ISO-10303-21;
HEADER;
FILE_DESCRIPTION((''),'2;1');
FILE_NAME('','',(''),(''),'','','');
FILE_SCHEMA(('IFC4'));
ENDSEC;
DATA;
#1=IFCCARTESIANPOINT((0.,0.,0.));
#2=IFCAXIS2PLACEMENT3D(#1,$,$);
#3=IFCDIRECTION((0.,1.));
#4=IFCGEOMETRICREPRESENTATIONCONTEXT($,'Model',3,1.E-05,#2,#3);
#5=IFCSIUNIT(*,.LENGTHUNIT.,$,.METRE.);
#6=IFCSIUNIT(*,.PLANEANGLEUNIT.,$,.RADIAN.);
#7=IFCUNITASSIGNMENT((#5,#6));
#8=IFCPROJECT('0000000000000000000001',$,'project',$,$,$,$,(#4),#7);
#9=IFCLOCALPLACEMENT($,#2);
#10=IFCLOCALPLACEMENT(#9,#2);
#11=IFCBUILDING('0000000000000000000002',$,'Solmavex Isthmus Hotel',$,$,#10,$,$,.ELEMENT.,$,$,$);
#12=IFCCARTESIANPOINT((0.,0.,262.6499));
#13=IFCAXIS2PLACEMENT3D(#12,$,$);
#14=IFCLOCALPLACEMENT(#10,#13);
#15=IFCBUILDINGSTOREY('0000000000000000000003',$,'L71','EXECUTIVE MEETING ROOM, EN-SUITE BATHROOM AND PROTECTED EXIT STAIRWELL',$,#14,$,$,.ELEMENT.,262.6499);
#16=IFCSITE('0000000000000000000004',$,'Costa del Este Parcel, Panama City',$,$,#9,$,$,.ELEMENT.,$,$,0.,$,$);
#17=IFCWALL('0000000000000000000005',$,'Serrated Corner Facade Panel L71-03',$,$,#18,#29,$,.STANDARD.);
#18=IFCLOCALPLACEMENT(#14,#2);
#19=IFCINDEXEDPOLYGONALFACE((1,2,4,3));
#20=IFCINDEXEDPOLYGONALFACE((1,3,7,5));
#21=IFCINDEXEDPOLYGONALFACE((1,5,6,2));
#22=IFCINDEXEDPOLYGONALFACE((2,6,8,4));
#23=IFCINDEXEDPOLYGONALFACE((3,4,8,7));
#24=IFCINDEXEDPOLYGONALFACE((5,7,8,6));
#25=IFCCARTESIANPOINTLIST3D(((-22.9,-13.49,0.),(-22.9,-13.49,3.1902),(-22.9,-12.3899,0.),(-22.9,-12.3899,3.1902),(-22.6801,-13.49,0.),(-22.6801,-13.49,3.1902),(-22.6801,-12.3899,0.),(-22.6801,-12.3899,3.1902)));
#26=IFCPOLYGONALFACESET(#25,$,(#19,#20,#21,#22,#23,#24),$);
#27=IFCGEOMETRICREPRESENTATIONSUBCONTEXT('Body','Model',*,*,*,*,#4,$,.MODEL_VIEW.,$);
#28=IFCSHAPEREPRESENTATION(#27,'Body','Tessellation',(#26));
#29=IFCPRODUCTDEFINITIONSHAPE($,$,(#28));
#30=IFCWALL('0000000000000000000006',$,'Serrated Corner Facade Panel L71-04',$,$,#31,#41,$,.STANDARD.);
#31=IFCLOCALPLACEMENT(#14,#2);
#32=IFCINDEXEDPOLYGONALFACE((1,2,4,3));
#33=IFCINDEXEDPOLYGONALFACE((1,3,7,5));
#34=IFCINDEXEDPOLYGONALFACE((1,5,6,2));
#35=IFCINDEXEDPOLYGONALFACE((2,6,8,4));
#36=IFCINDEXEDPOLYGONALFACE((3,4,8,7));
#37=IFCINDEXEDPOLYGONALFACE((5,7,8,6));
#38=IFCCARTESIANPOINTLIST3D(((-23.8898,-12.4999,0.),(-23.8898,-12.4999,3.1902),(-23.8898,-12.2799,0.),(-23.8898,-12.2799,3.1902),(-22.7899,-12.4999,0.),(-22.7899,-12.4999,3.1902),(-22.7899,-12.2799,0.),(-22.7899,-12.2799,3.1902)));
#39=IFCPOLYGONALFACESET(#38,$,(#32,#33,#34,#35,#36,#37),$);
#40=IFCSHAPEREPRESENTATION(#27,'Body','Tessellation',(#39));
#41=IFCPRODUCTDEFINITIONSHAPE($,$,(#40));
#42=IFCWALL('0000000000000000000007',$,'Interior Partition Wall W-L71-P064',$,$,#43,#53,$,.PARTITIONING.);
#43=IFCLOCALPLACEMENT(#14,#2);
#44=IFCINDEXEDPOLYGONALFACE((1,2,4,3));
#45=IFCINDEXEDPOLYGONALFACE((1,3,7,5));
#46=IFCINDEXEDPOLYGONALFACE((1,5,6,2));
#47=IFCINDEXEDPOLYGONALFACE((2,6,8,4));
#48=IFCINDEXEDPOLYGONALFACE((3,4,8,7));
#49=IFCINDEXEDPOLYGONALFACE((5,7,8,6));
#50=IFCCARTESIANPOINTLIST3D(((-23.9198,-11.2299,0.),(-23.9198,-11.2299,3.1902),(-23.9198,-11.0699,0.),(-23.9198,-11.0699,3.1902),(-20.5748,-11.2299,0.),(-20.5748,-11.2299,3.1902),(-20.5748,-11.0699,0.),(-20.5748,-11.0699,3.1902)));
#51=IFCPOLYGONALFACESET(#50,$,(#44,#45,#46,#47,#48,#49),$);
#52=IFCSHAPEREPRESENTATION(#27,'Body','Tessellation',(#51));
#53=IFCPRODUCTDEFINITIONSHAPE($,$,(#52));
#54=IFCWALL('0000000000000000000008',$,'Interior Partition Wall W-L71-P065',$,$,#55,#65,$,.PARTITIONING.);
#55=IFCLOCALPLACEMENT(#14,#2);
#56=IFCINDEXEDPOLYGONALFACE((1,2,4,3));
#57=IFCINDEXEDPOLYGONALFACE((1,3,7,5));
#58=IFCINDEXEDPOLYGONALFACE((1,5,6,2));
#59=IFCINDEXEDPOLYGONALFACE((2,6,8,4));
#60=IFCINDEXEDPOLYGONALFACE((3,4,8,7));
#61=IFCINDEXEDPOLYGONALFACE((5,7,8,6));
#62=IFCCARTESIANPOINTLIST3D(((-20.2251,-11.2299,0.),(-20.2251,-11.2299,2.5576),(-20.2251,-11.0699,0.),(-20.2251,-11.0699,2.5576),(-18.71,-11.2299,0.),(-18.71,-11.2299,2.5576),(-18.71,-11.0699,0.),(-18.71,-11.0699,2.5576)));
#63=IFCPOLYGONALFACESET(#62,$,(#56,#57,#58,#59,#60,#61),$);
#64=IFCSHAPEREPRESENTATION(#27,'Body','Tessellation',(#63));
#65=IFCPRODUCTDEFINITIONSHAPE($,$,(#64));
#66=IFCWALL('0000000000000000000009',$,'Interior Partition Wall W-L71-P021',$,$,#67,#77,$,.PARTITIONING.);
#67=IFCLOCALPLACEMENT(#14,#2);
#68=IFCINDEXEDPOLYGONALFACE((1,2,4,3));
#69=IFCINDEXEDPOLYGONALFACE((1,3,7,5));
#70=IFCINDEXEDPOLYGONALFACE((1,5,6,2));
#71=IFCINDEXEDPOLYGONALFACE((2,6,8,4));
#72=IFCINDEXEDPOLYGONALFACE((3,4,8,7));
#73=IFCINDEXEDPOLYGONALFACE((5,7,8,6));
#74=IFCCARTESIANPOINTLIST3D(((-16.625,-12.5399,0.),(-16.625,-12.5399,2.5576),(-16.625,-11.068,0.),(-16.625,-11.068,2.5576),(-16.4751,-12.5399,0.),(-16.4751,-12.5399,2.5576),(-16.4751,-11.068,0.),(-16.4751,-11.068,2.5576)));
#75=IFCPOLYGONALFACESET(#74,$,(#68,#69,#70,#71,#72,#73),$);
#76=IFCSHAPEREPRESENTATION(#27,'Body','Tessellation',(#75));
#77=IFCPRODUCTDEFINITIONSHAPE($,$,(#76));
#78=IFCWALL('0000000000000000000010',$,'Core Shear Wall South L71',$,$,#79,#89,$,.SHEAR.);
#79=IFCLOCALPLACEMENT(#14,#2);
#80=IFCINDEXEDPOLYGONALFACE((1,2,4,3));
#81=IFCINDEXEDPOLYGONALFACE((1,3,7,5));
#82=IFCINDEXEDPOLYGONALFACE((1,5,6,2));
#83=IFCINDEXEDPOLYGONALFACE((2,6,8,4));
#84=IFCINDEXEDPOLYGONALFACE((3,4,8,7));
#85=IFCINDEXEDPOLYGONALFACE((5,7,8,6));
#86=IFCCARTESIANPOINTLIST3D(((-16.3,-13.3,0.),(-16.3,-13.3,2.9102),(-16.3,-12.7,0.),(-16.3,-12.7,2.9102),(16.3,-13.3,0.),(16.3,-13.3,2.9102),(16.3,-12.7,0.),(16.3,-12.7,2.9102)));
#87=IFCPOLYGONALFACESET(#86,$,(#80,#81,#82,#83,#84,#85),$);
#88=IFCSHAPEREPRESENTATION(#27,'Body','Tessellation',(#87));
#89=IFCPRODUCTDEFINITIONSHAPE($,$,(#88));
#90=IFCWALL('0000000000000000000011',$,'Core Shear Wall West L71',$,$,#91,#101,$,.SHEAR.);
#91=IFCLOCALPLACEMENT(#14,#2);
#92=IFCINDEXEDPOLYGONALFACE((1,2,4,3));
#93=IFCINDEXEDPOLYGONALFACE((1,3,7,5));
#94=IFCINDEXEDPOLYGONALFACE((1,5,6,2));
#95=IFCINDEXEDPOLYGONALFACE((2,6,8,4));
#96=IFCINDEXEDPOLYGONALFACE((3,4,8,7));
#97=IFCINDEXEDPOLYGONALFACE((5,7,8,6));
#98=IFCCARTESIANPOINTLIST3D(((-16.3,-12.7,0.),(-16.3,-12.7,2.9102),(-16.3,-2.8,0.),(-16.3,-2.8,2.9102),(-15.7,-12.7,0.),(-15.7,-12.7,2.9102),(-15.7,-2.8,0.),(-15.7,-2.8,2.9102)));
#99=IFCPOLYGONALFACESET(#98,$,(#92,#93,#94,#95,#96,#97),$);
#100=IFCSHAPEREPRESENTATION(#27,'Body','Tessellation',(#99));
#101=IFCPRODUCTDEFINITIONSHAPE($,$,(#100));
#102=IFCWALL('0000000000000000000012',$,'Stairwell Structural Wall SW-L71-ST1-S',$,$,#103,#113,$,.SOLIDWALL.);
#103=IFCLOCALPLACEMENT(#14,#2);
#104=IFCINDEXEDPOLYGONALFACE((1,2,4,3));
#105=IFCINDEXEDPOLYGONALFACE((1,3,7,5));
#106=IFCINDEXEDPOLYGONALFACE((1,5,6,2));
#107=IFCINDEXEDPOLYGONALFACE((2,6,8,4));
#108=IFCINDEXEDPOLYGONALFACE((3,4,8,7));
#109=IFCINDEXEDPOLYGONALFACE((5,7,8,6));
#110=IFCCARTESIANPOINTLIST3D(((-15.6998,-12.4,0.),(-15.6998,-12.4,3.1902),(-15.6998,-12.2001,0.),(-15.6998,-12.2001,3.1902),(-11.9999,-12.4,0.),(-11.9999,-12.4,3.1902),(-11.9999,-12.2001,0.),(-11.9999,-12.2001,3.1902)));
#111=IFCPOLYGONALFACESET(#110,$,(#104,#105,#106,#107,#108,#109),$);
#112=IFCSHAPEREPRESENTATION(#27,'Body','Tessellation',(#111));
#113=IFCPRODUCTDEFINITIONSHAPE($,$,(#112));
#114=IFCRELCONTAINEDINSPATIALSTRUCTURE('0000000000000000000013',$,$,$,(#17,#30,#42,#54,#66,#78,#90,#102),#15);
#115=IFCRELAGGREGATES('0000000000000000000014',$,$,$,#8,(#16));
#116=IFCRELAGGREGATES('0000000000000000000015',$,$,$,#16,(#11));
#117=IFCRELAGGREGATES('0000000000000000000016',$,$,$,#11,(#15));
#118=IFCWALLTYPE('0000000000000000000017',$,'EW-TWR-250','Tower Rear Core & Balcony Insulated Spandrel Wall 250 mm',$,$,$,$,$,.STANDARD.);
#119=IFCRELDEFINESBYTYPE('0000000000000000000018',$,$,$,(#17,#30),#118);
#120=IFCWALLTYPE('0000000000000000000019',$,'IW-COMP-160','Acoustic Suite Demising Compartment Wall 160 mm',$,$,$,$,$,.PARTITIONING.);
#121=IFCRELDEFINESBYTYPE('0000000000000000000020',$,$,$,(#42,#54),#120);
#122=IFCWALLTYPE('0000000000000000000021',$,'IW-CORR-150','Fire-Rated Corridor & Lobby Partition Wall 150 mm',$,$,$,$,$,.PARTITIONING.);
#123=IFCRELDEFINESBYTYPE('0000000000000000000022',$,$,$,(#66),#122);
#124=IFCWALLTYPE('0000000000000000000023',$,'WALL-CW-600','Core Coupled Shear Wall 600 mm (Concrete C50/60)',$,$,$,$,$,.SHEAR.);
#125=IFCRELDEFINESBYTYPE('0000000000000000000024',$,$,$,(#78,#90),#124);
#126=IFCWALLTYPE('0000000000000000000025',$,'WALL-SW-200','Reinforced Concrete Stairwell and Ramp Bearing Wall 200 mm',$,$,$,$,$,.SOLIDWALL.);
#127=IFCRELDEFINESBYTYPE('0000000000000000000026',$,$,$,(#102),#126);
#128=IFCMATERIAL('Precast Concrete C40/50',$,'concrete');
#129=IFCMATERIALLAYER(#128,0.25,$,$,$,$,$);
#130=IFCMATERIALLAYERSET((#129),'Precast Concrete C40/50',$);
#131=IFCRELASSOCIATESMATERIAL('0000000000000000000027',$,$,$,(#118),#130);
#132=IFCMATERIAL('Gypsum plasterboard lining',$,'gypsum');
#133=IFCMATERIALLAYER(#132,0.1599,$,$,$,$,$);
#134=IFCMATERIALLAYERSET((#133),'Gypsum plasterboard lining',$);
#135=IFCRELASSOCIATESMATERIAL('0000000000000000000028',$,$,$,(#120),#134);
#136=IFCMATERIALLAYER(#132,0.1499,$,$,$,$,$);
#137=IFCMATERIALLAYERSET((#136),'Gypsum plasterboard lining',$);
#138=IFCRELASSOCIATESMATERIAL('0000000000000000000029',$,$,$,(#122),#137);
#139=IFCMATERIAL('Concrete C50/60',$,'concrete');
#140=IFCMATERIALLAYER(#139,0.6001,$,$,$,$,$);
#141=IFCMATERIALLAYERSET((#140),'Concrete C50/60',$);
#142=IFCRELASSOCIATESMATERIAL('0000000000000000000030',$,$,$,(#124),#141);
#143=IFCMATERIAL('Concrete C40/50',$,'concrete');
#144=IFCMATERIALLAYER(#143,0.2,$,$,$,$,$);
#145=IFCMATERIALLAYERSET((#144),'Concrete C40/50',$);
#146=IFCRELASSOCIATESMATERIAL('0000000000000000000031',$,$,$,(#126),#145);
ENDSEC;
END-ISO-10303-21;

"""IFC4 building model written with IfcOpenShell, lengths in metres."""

from ifc_helpers import new_model, si_unit, direction, frame, frame_2d, origin, place, context, subcontext, project, spatial, rectangle, extrude, material, layer, layer_set, type_object, element, save


model = new_model("IFC4")

# Units and contexts
model_context = context("Model", 3, precision=1e-05, world=origin(), true_north=direction((0.0, 1.0)))
body_context = subcontext(model_context, "Body", "Model", "MODEL_VIEW")
ifc_project = project(units=[si_unit("LENGTHUNIT", "METRE"), si_unit("PLANEANGLEUNIT", "RADIAN")], contexts=[model_context])

# Site, building, storey
site_placement = place(None, origin())
site = spatial("IfcSite", under=ifc_project, at=site_placement, Name="Costa del Este Parcel, Panama City", CompositionType="ELEMENT", RefElevation=0.0)
building_placement = place(site_placement, origin())
building = spatial("IfcBuilding", under=site, at=building_placement, Name="Solmavex Isthmus Hotel", CompositionType="ELEMENT")
storey_placement = place(building_placement, frame((0.0, 0.0, 262.6499)))
storey = spatial("IfcBuildingStorey", under=building, at=storey_placement, Name="L71", Description="EXECUTIVE MEETING ROOM, EN-SUITE BATHROOM AND PROTECTED EXIT STAIRWELL", CompositionType="ELEMENT", Elevation=262.6499)

# Shared definitions
ifc_material_1 = material(Name="Concrete C50/60", Category="concrete")

# Shared definitions
ifc_material_2 = material(Name="Precast Concrete C40/50", Category="concrete")
ifc_layer_1 = layer(ifc_material_2, 0.25)
ifc_layer_set_1 = layer_set([ifc_layer_1], Name="Precast Concrete C40/50")
wall_type_1 = type_object("IfcWallType", Name="EW-TWR-250", Description="Tower Rear Core & Balcony Insulated Spandrel Wall 250 mm", PredefinedType="STANDARD", material=ifc_layer_set_1)

# Walls
for number, where, z_axis, x_axis, name in (
    (1, (-22.79, -13.49, 0.0), (0.0, 0.0, 1.0), (0.0, 1.0, 0.0), "Serrated Corner Facade Panel L71-03"),
):
    element("IfcWall", number, at=place(storey_placement, frame(where, z_axis=z_axis, x_axis=x_axis)), inside=storey, type_object=wall_type_1, Name=name, PredefinedType="STANDARD", context=body_context, shape_type="SweptSolid", body=[
        extrude(rectangle(XDim=1.1001, YDim=0.22, at=frame_2d((0.55, 0.0))), origin(), (0.0, 0.0, 1.0), 3.1902),
    ])
wall_1_placement = place(storey_placement, frame((-22.79, -12.3899, 0.0), z_axis=(0.0, 0.0, 1.0), x_axis=(-1.0, 0.0, 0.0)))
element("IfcWall", 2, at=wall_1_placement, inside=storey, type_object=wall_type_1, Name="Serrated Corner Facade Panel L71-04", PredefinedType="STANDARD", context=body_context, shape_type="SweptSolid", body=[
    extrude(rectangle(XDim=1.0999, YDim=0.22, at=frame_2d((0.5498, 0.0))), origin(), (0.0, 0.0, 1.0), 3.1902),
])
ifc_material_3 = material(Name="Gypsum plasterboard lining", Category="gypsum")
ifc_layer_2 = layer(ifc_material_3, 0.1599)
ifc_layer_set_2 = layer_set([ifc_layer_2], Name="Gypsum plasterboard lining")
wall_type_2 = type_object("IfcWallType", Name="IW-COMP-160", Description="Acoustic Suite Demising Compartment Wall 160 mm", PredefinedType="PARTITIONING", material=ifc_layer_set_2)
wall_2_placement = place(storey_placement, frame((-20.575, -11.1499, 0.0), z_axis=(0.0, 0.0, 1.0), x_axis=(-1.0, 0.0, 0.0)))
element("IfcWall", 3, at=wall_2_placement, inside=storey, type_object=wall_type_2, Name="Interior Partition Wall W-L71-P064", PredefinedType="PARTITIONING", context=body_context, shape_type="SweptSolid", body=[
    extrude(rectangle(XDim=3.345, YDim=0.1599, at=frame_2d((1.6724, 0.0))), origin(), (0.0, 0.0, 1.0), 3.1902),
])
wall_3_placement = place(storey_placement, frame((-18.71, -11.1499, 0.0), z_axis=(0.0, 0.0, 1.0), x_axis=(-1.0, 0.0, 0.0)))
element("IfcWall", 4, at=wall_3_placement, inside=storey, type_object=wall_type_2, Name="Interior Partition Wall W-L71-P065", PredefinedType="PARTITIONING", context=body_context, shape_type="SweptSolid", body=[
    extrude(rectangle(XDim=1.5151, YDim=0.1599, at=frame_2d((0.7576, 0.0))), origin(), (0.0, 0.0, 1.0), 2.5576),
])

# Shared definitions
ifc_layer_3 = layer(ifc_material_3, 0.1499)
ifc_layer_set_3 = layer_set([ifc_layer_3], Name="Gypsum plasterboard lining")
wall_type_3 = type_object("IfcWallType", Name="IW-CORR-150", Description="Fire-Rated Corridor & Lobby Partition Wall 150 mm", PredefinedType="PARTITIONING", material=ifc_layer_set_3)

# Wall
wall_4_placement = place(storey_placement, frame((-16.55, -11.0681, 0.0), z_axis=(0.0, 0.0, 1.0), x_axis=(0.0, -1.0, 0.0)))
element("IfcWall", 5, at=wall_4_placement, inside=storey, type_object=wall_type_3, Name="Interior Partition Wall W-L71-P021", PredefinedType="PARTITIONING", context=body_context, shape_type="SweptSolid", body=[
    extrude(rectangle(XDim=1.4719, YDim=0.1499, at=frame_2d((0.7358, 0.0))), origin(), (0.0, 0.0, 1.0), 2.5576),
])

# Walls
ifc_layer_4 = layer(ifc_material_1, 0.6001)
ifc_layer_set_4 = layer_set([ifc_layer_4], Name="Concrete C50/60")
wall_type_4 = type_object("IfcWallType", Name="WALL-CW-600", Description="Core Coupled Shear Wall 600 mm (Concrete C50/60)", PredefinedType="SHEAR", material=ifc_layer_set_4)
wall_5_placement = place(storey_placement, frame((-16.3, -13.0, 0.0), z_axis=(0.0, 0.0, 1.0), x_axis=(1.0, 0.0, 0.0)))
element("IfcWall", 6, at=wall_5_placement, inside=storey, type_object=wall_type_4, Name="Core Shear Wall South L71", PredefinedType="SHEAR", context=body_context, shape_type="SweptSolid", body=[
    extrude(rectangle(XDim=32.6001, YDim=0.6001, at=frame_2d((16.3, 0.0))), origin(), (0.0, 0.0, 1.0), 2.9102),
])
wall_6_placement = place(storey_placement, frame((-16.0, -12.7, 0.0), z_axis=(0.0, 0.0, 1.0), x_axis=(0.0, 1.0, 0.0)))
element("IfcWall", 7, at=wall_6_placement, inside=storey, type_object=wall_type_4, Name="Core Shear Wall West L71", PredefinedType="SHEAR", context=body_context, shape_type="SweptSolid", body=[
    extrude(rectangle(XDim=9.8999, YDim=0.6001, at=frame_2d((4.95, 0.0))), origin(), (0.0, 0.0, 1.0), 2.9102),
])
ifc_material_4 = material(Name="Concrete C40/50", Category="concrete")
ifc_layer_5 = layer(ifc_material_4, 0.2)
ifc_layer_set_5 = layer_set([ifc_layer_5], Name="Concrete C40/50")
wall_type_5 = type_object("IfcWallType", Name="WALL-SW-200", Description="Reinforced Concrete Stairwell and Ramp Bearing Wall 200 mm", PredefinedType="SOLIDWALL", material=ifc_layer_set_5)
wall_7_placement = place(storey_placement, frame((-15.7, -12.3, 0.0), z_axis=(0.0, 0.0, 1.0), x_axis=(1.0, 0.0, 0.0)))
element("IfcWall", 8, at=wall_7_placement, inside=storey, type_object=wall_type_5, Name="Stairwell Structural Wall SW-L71-ST1-S", PredefinedType="SOLIDWALL", context=body_context, shape_type="SweptSolid", body=[
    extrude(rectangle(XDim=3.7, YDim=0.2, at=frame_2d((1.8501, 0.0))), origin(), (0.0, 0.0, 1.0), 3.1902),
])

save(model, "model.ifc")
